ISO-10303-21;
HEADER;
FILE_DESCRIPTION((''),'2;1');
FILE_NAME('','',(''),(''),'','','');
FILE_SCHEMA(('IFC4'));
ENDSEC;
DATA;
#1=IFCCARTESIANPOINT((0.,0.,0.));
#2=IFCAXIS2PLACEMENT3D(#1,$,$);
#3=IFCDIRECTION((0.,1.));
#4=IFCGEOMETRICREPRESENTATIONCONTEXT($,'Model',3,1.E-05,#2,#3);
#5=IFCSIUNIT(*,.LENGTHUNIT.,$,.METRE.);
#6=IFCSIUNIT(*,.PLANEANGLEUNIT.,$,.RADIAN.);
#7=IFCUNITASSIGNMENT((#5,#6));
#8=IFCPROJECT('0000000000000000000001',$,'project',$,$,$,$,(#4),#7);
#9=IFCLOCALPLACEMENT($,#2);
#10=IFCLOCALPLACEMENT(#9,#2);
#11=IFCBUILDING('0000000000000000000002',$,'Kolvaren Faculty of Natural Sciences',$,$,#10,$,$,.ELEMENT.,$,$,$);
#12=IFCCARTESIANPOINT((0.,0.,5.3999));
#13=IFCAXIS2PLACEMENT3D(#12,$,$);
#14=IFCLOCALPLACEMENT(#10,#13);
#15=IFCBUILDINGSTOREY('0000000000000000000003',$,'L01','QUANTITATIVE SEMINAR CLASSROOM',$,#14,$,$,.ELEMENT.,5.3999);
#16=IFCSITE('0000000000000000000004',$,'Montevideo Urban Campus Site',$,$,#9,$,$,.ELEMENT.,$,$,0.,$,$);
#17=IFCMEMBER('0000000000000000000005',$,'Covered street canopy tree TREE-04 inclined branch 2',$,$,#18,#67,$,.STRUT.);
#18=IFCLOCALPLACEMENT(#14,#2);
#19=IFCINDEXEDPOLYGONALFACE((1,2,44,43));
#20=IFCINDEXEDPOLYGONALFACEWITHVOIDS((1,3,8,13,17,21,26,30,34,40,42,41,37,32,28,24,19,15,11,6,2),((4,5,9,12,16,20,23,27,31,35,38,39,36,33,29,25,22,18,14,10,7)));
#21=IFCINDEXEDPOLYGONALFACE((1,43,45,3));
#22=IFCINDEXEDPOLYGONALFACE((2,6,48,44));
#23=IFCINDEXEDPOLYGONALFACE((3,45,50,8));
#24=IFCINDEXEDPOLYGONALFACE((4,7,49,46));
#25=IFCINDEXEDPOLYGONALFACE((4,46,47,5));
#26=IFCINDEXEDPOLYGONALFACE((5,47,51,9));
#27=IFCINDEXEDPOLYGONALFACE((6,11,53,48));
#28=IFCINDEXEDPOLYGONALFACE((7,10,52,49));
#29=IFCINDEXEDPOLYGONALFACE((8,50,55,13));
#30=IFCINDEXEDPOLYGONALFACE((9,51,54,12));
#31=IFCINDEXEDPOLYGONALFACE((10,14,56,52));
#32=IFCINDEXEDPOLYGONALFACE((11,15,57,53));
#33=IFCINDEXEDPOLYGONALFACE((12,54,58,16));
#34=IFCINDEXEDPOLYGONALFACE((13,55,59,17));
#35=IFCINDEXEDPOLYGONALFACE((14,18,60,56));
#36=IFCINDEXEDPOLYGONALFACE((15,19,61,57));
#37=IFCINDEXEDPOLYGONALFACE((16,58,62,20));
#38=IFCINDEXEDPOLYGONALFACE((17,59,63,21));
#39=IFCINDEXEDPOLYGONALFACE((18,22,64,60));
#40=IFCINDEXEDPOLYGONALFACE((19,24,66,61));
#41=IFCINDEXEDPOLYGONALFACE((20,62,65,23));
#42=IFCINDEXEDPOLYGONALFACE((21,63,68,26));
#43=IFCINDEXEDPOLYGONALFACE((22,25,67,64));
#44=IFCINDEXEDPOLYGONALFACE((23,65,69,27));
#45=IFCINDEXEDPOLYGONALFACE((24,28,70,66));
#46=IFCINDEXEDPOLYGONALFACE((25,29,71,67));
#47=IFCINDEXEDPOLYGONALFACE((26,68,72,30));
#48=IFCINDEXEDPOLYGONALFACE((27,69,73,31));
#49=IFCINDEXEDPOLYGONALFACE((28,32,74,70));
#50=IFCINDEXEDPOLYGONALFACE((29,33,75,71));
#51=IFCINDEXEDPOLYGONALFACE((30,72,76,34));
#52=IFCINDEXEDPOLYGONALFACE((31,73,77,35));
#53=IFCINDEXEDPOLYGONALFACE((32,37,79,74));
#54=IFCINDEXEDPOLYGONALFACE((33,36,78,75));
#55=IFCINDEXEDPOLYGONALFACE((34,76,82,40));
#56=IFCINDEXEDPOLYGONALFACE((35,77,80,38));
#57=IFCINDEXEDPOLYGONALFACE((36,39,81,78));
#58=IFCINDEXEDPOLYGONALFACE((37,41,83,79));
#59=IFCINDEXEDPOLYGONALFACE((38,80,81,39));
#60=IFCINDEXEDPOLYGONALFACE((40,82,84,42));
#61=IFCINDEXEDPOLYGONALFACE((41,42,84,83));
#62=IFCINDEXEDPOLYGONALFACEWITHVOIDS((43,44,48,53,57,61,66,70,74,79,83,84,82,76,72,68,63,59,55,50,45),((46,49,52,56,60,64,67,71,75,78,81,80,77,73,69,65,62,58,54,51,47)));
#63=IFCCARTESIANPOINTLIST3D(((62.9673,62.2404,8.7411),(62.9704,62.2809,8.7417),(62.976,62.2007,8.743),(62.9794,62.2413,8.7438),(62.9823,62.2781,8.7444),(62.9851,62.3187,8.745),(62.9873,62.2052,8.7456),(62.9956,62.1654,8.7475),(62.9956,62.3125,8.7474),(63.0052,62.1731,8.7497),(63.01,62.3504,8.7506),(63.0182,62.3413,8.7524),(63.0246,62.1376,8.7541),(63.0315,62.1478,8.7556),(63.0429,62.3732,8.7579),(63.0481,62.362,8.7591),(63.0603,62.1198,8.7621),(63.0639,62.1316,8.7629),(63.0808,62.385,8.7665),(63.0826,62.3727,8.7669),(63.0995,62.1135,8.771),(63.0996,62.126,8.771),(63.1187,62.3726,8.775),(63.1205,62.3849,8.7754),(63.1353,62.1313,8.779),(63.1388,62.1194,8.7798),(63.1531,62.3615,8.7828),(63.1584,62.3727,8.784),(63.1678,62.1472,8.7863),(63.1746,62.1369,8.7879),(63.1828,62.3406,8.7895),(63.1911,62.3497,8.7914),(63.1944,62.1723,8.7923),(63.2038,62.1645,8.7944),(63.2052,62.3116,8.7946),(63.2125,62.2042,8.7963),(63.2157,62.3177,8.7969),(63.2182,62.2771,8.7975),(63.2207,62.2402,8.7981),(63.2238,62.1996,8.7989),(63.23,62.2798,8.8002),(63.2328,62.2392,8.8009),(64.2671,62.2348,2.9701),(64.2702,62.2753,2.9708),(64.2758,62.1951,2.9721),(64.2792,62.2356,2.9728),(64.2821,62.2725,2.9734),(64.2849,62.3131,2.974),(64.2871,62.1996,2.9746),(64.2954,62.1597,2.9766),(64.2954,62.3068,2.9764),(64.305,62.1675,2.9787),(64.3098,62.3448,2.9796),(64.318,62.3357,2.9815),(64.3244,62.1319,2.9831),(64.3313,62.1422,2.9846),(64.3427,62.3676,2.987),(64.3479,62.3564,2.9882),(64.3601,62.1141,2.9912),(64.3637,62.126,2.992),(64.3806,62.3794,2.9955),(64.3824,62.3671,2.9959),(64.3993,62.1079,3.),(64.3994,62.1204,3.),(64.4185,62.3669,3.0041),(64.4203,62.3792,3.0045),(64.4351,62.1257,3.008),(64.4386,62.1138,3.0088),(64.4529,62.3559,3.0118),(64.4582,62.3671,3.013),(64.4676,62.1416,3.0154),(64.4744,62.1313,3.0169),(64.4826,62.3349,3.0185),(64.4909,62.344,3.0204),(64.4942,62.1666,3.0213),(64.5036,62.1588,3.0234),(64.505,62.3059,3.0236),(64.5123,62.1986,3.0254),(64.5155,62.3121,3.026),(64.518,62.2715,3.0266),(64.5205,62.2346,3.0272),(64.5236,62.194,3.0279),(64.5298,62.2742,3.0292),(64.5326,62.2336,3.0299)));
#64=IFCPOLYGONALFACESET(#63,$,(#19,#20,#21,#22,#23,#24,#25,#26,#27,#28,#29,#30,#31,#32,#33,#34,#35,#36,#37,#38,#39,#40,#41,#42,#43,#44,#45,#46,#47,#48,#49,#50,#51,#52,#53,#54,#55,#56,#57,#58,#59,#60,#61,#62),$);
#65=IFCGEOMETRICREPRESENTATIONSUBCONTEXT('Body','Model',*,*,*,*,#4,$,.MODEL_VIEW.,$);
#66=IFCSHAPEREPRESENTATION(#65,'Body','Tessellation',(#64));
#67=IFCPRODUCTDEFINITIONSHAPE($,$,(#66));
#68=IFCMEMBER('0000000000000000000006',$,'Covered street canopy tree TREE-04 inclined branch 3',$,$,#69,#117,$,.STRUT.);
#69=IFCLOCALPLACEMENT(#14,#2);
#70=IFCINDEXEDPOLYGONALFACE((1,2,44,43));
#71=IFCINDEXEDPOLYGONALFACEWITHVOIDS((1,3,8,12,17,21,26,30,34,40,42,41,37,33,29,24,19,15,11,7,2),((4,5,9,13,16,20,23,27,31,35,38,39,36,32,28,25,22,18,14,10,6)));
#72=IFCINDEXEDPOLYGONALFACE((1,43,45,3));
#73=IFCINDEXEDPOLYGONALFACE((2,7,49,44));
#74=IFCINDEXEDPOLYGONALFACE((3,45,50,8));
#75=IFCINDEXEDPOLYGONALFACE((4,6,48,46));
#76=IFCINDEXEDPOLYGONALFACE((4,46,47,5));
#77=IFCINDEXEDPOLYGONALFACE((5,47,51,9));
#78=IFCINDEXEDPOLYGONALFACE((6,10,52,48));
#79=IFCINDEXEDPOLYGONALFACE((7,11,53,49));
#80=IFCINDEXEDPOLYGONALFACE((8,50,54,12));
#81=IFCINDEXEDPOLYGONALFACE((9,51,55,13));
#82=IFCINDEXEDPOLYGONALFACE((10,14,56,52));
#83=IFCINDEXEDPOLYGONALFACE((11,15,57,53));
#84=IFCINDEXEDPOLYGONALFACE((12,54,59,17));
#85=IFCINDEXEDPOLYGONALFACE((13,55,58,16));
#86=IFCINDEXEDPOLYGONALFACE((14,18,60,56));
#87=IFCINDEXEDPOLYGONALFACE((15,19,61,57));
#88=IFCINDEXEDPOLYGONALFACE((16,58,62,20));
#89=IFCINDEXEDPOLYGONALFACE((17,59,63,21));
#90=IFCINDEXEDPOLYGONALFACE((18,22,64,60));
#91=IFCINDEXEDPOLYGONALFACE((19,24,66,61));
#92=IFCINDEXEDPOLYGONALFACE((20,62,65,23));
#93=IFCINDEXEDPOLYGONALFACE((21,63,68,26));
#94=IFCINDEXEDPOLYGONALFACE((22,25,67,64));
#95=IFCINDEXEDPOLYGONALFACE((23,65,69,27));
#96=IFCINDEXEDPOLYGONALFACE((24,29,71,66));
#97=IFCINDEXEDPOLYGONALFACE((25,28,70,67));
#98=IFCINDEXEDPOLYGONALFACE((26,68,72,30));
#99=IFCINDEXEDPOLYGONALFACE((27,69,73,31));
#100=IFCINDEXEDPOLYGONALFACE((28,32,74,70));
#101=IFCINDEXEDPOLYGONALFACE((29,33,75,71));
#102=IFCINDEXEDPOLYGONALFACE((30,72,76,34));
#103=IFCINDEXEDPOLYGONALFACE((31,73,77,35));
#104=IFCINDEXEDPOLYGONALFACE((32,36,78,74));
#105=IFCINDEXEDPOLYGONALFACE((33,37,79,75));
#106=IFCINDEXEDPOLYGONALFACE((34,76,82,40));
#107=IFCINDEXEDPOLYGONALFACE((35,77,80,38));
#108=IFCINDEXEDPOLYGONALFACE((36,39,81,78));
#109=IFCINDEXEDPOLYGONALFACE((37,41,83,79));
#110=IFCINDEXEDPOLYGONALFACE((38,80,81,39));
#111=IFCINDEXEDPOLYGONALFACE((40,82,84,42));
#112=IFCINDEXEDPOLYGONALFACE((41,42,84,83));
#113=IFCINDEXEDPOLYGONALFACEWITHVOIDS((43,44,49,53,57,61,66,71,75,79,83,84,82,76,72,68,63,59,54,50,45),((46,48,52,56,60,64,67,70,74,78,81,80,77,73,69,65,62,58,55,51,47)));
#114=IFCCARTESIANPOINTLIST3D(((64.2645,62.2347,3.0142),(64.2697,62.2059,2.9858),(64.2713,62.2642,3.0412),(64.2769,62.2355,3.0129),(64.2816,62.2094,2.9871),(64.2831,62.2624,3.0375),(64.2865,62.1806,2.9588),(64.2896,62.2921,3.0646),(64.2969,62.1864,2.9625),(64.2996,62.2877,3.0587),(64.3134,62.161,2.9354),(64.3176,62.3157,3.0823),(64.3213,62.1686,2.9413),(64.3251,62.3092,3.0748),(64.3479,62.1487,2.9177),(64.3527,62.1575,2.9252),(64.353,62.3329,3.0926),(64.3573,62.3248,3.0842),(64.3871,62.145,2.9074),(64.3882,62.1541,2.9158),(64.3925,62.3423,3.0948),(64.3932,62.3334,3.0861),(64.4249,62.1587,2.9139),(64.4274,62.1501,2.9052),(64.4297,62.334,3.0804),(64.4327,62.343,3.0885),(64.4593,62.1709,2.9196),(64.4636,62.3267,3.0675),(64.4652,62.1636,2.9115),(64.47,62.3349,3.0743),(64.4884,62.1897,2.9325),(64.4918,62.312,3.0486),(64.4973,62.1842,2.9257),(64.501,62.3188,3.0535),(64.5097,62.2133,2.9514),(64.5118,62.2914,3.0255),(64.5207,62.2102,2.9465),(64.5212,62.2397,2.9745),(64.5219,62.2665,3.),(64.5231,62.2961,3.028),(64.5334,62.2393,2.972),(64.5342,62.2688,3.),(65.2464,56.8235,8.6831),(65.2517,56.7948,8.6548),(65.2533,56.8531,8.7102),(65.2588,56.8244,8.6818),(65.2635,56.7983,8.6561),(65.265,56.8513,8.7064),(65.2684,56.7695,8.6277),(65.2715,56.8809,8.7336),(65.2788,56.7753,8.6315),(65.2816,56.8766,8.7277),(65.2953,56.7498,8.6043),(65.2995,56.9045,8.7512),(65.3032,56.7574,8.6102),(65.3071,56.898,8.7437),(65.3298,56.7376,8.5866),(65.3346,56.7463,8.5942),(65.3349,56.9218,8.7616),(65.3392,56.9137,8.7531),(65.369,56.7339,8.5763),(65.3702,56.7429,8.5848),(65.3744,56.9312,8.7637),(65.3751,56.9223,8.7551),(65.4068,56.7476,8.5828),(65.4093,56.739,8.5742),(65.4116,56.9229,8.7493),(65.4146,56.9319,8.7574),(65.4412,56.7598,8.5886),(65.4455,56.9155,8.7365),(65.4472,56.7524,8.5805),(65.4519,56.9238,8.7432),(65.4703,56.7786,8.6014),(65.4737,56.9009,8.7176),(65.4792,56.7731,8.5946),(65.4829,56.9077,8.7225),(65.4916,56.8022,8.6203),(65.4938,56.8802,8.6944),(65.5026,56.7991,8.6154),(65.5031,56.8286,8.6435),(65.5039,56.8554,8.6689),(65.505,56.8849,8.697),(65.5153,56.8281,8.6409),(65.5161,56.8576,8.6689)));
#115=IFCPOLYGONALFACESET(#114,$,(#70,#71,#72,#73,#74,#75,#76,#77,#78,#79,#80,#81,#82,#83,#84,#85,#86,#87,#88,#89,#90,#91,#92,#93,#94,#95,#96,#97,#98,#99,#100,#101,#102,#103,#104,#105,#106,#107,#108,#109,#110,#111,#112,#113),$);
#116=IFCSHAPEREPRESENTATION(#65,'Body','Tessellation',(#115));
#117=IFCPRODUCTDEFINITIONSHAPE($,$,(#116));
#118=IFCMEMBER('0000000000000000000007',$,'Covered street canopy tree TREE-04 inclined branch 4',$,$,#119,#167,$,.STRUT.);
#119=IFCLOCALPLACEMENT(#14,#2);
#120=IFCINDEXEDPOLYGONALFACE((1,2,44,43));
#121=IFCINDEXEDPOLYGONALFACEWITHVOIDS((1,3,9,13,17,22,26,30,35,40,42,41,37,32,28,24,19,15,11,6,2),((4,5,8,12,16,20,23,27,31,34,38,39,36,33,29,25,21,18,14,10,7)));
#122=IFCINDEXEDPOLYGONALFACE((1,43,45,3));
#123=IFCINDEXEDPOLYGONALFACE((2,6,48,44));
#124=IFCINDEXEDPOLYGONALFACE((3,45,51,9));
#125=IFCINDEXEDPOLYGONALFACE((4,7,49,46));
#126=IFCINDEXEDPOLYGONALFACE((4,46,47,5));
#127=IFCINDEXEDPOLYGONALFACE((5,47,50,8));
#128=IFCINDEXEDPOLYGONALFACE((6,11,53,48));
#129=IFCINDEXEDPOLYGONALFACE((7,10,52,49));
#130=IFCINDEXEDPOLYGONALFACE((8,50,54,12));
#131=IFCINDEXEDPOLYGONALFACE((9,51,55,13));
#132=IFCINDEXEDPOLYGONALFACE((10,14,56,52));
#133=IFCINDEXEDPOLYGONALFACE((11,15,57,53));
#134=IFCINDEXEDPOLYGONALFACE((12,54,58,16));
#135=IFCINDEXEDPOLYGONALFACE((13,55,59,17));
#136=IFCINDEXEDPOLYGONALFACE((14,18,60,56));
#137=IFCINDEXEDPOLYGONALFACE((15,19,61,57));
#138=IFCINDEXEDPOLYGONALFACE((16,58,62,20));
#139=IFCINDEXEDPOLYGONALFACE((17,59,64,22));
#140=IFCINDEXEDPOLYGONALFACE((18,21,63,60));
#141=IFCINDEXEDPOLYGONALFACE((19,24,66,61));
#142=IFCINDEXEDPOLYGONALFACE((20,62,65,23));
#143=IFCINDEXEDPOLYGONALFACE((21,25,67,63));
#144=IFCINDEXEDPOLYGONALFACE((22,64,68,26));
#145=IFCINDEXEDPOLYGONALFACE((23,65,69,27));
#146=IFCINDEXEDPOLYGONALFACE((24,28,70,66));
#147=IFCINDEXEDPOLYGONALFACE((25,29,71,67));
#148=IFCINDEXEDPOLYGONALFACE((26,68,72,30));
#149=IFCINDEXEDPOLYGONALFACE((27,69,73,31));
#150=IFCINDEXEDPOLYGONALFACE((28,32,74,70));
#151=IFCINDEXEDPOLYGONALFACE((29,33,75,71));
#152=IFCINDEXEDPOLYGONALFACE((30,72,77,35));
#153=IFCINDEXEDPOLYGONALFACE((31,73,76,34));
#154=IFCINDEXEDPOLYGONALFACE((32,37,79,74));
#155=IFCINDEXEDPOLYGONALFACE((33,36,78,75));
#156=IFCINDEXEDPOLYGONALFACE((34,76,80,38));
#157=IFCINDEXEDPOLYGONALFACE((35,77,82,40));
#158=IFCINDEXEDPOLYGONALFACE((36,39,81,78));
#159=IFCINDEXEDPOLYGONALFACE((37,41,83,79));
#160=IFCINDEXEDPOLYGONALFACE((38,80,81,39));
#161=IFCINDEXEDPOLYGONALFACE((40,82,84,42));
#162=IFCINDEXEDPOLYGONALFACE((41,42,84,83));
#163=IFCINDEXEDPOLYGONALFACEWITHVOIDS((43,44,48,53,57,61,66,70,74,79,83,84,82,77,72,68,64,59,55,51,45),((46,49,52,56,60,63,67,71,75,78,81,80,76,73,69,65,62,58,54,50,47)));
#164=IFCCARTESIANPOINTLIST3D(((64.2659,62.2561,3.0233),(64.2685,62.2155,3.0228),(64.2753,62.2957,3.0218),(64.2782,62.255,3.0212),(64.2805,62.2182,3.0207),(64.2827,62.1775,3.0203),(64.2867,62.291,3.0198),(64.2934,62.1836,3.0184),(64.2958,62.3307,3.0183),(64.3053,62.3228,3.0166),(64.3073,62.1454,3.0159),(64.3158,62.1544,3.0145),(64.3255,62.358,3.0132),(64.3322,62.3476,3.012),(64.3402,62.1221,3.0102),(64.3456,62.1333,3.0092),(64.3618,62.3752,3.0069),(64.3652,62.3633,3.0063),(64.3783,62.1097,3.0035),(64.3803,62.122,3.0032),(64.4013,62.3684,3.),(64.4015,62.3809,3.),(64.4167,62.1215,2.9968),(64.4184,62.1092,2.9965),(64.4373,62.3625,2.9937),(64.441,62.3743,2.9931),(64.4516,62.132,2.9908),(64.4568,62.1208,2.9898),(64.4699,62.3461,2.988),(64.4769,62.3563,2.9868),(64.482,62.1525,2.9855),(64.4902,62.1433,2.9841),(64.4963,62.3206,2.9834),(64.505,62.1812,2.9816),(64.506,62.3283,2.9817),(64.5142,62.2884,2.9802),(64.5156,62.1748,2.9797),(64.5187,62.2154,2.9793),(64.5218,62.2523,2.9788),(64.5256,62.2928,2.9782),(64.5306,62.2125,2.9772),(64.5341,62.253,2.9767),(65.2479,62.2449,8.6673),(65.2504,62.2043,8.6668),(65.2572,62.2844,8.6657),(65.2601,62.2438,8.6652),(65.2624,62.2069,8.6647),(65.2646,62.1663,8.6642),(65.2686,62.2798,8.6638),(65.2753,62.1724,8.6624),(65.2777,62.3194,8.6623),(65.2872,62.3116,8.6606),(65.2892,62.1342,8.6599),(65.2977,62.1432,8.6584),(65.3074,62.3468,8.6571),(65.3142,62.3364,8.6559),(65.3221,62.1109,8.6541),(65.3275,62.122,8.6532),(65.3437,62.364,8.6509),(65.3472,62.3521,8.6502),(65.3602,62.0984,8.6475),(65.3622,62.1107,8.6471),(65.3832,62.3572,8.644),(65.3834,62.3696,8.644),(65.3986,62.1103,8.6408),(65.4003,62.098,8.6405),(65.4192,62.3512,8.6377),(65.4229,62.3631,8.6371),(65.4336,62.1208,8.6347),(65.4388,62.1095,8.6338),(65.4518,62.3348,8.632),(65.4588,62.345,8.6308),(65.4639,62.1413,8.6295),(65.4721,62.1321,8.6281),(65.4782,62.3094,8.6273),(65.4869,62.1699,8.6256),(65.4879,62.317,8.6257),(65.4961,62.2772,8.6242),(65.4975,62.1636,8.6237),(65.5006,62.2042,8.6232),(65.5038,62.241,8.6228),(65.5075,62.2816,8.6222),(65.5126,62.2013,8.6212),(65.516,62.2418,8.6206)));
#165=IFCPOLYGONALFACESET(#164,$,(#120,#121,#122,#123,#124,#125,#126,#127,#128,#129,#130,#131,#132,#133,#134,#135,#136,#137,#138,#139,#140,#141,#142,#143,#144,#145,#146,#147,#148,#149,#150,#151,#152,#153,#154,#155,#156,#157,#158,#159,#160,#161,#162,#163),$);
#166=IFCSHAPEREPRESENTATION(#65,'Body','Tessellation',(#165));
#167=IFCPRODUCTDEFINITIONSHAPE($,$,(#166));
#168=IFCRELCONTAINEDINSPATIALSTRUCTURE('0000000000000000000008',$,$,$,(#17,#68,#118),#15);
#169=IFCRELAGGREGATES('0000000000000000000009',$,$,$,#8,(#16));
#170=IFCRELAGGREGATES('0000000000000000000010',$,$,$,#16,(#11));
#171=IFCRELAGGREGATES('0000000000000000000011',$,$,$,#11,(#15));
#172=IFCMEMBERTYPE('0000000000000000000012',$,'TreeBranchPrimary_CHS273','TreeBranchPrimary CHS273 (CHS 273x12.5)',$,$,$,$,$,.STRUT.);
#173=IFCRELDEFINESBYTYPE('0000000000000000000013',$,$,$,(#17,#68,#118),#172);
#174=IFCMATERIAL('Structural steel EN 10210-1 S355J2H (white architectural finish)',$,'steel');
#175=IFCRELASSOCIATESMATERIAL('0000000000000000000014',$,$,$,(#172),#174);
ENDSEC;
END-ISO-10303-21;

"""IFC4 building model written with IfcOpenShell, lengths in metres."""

from ifc_helpers import new_model, si_unit, direction, frame, origin, origin_2d, place, context, subcontext, project, spatial, hollow_circle, extrude, material, material_profile, profile_set, type_object, element, save


model = new_model("IFC4")

# Units and contexts
model_context = context("Model", 3, precision=1e-05, world=origin(), true_north=direction((0.0, 1.0)))
body_context = subcontext(model_context, "Body", "Model", "MODEL_VIEW")
ifc_project = project(units=[si_unit("LENGTHUNIT", "METRE"), si_unit("PLANEANGLEUNIT", "RADIAN")], contexts=[model_context])

# Site, building, storey
site_placement = place(None, origin())
site = spatial("IfcSite", under=ifc_project, at=site_placement, Name="Montevideo Urban Campus Site", CompositionType="ELEMENT", RefElevation=0.0)
building_placement = place(site_placement, origin())
building = spatial("IfcBuilding", under=site, at=building_placement, Name="Kolvaren Faculty of Natural Sciences", CompositionType="ELEMENT")
storey_placement = place(building_placement, frame((0.0, 0.0, 5.3999)))
storey = spatial("IfcBuildingStorey", under=building, at=storey_placement, Name="L01", Description="QUANTITATIVE SEMINAR CLASSROOM", CompositionType="ELEMENT", Elevation=5.3999)

# Members
ifc_material_1 = material(Name="Structural steel EN 10210-1 S355J2H (white architectural finish)", Category="steel")
ifc_material_profile_1 = material_profile(ifc_material_1, hollow_circle(Radius=0.1365, WallThickness=0.0125, at=origin_2d()), Name="CHS 273x12.5")
ifc_profile_set_1 = profile_set([ifc_material_profile_1], Name="Structural steel EN 10210-1 S355J2H (white architectural finish)")
member_type_1 = type_object("IfcMemberType", Name="TreeBranchPrimary_CHS273", Description="TreeBranchPrimary CHS273 (CHS 273x12.5)", PredefinedType="STRUT", material=ifc_profile_set_1)
member_1_placement = place(storey_placement, frame((64.3999, 62.2444, 3.0), z_axis=(-0.219726, 0.000949, 0.975561), x_axis=(-0.00432, -0.999991, 0.0)))
element("IfcMember", 1, at=member_1_placement, inside=storey, type_object=member_type_1, Name="Covered street canopy tree TREE-04 inclined branch 2", PredefinedType="STRUT", context=body_context, shape_type="SweptSolid", body=[
    extrude(hollow_circle(Radius=0.1365, WallThickness=0.0125, at=origin_2d()), origin(), (0.0, 0.0, 1.0), 5.9155),
])
member_2_placement = place(storey_placement, frame((64.3999, 62.2444, 3.0), z_axis=(0.124324, -0.68511, 0.717752), x_axis=(0.983931, 0.178549, 0.0)))
element("IfcMember", 2, at=member_2_placement, inside=storey, type_object=member_type_1, Name="Covered street canopy tree TREE-04 inclined branch 3", PredefinedType="STRUT", context=body_context, shape_type="SweptSolid", body=[
    extrude(hollow_circle(Radius=0.1365, WallThickness=0.0125, at=origin_2d()), origin(), (0.0, 0.0, 1.0), 7.8982),
])
member_3_placement = place(storey_placement, frame((64.3999, 62.2444, 3.0), z_axis=(0.171402, -0.00196, 0.985199), x_axis=(0.011436, 0.999935, 0.0)))
element("IfcMember", 3, at=member_3_placement, inside=storey, type_object=member_type_1, Name="Covered street canopy tree TREE-04 inclined branch 4", PredefinedType="STRUT", context=body_context, shape_type="SweptSolid", body=[
    extrude(hollow_circle(Radius=0.1365, WallThickness=0.0125, at=origin_2d()), origin(), (0.0, 0.0, 1.0), 5.7288),
])

save(model, "model.ifc")
